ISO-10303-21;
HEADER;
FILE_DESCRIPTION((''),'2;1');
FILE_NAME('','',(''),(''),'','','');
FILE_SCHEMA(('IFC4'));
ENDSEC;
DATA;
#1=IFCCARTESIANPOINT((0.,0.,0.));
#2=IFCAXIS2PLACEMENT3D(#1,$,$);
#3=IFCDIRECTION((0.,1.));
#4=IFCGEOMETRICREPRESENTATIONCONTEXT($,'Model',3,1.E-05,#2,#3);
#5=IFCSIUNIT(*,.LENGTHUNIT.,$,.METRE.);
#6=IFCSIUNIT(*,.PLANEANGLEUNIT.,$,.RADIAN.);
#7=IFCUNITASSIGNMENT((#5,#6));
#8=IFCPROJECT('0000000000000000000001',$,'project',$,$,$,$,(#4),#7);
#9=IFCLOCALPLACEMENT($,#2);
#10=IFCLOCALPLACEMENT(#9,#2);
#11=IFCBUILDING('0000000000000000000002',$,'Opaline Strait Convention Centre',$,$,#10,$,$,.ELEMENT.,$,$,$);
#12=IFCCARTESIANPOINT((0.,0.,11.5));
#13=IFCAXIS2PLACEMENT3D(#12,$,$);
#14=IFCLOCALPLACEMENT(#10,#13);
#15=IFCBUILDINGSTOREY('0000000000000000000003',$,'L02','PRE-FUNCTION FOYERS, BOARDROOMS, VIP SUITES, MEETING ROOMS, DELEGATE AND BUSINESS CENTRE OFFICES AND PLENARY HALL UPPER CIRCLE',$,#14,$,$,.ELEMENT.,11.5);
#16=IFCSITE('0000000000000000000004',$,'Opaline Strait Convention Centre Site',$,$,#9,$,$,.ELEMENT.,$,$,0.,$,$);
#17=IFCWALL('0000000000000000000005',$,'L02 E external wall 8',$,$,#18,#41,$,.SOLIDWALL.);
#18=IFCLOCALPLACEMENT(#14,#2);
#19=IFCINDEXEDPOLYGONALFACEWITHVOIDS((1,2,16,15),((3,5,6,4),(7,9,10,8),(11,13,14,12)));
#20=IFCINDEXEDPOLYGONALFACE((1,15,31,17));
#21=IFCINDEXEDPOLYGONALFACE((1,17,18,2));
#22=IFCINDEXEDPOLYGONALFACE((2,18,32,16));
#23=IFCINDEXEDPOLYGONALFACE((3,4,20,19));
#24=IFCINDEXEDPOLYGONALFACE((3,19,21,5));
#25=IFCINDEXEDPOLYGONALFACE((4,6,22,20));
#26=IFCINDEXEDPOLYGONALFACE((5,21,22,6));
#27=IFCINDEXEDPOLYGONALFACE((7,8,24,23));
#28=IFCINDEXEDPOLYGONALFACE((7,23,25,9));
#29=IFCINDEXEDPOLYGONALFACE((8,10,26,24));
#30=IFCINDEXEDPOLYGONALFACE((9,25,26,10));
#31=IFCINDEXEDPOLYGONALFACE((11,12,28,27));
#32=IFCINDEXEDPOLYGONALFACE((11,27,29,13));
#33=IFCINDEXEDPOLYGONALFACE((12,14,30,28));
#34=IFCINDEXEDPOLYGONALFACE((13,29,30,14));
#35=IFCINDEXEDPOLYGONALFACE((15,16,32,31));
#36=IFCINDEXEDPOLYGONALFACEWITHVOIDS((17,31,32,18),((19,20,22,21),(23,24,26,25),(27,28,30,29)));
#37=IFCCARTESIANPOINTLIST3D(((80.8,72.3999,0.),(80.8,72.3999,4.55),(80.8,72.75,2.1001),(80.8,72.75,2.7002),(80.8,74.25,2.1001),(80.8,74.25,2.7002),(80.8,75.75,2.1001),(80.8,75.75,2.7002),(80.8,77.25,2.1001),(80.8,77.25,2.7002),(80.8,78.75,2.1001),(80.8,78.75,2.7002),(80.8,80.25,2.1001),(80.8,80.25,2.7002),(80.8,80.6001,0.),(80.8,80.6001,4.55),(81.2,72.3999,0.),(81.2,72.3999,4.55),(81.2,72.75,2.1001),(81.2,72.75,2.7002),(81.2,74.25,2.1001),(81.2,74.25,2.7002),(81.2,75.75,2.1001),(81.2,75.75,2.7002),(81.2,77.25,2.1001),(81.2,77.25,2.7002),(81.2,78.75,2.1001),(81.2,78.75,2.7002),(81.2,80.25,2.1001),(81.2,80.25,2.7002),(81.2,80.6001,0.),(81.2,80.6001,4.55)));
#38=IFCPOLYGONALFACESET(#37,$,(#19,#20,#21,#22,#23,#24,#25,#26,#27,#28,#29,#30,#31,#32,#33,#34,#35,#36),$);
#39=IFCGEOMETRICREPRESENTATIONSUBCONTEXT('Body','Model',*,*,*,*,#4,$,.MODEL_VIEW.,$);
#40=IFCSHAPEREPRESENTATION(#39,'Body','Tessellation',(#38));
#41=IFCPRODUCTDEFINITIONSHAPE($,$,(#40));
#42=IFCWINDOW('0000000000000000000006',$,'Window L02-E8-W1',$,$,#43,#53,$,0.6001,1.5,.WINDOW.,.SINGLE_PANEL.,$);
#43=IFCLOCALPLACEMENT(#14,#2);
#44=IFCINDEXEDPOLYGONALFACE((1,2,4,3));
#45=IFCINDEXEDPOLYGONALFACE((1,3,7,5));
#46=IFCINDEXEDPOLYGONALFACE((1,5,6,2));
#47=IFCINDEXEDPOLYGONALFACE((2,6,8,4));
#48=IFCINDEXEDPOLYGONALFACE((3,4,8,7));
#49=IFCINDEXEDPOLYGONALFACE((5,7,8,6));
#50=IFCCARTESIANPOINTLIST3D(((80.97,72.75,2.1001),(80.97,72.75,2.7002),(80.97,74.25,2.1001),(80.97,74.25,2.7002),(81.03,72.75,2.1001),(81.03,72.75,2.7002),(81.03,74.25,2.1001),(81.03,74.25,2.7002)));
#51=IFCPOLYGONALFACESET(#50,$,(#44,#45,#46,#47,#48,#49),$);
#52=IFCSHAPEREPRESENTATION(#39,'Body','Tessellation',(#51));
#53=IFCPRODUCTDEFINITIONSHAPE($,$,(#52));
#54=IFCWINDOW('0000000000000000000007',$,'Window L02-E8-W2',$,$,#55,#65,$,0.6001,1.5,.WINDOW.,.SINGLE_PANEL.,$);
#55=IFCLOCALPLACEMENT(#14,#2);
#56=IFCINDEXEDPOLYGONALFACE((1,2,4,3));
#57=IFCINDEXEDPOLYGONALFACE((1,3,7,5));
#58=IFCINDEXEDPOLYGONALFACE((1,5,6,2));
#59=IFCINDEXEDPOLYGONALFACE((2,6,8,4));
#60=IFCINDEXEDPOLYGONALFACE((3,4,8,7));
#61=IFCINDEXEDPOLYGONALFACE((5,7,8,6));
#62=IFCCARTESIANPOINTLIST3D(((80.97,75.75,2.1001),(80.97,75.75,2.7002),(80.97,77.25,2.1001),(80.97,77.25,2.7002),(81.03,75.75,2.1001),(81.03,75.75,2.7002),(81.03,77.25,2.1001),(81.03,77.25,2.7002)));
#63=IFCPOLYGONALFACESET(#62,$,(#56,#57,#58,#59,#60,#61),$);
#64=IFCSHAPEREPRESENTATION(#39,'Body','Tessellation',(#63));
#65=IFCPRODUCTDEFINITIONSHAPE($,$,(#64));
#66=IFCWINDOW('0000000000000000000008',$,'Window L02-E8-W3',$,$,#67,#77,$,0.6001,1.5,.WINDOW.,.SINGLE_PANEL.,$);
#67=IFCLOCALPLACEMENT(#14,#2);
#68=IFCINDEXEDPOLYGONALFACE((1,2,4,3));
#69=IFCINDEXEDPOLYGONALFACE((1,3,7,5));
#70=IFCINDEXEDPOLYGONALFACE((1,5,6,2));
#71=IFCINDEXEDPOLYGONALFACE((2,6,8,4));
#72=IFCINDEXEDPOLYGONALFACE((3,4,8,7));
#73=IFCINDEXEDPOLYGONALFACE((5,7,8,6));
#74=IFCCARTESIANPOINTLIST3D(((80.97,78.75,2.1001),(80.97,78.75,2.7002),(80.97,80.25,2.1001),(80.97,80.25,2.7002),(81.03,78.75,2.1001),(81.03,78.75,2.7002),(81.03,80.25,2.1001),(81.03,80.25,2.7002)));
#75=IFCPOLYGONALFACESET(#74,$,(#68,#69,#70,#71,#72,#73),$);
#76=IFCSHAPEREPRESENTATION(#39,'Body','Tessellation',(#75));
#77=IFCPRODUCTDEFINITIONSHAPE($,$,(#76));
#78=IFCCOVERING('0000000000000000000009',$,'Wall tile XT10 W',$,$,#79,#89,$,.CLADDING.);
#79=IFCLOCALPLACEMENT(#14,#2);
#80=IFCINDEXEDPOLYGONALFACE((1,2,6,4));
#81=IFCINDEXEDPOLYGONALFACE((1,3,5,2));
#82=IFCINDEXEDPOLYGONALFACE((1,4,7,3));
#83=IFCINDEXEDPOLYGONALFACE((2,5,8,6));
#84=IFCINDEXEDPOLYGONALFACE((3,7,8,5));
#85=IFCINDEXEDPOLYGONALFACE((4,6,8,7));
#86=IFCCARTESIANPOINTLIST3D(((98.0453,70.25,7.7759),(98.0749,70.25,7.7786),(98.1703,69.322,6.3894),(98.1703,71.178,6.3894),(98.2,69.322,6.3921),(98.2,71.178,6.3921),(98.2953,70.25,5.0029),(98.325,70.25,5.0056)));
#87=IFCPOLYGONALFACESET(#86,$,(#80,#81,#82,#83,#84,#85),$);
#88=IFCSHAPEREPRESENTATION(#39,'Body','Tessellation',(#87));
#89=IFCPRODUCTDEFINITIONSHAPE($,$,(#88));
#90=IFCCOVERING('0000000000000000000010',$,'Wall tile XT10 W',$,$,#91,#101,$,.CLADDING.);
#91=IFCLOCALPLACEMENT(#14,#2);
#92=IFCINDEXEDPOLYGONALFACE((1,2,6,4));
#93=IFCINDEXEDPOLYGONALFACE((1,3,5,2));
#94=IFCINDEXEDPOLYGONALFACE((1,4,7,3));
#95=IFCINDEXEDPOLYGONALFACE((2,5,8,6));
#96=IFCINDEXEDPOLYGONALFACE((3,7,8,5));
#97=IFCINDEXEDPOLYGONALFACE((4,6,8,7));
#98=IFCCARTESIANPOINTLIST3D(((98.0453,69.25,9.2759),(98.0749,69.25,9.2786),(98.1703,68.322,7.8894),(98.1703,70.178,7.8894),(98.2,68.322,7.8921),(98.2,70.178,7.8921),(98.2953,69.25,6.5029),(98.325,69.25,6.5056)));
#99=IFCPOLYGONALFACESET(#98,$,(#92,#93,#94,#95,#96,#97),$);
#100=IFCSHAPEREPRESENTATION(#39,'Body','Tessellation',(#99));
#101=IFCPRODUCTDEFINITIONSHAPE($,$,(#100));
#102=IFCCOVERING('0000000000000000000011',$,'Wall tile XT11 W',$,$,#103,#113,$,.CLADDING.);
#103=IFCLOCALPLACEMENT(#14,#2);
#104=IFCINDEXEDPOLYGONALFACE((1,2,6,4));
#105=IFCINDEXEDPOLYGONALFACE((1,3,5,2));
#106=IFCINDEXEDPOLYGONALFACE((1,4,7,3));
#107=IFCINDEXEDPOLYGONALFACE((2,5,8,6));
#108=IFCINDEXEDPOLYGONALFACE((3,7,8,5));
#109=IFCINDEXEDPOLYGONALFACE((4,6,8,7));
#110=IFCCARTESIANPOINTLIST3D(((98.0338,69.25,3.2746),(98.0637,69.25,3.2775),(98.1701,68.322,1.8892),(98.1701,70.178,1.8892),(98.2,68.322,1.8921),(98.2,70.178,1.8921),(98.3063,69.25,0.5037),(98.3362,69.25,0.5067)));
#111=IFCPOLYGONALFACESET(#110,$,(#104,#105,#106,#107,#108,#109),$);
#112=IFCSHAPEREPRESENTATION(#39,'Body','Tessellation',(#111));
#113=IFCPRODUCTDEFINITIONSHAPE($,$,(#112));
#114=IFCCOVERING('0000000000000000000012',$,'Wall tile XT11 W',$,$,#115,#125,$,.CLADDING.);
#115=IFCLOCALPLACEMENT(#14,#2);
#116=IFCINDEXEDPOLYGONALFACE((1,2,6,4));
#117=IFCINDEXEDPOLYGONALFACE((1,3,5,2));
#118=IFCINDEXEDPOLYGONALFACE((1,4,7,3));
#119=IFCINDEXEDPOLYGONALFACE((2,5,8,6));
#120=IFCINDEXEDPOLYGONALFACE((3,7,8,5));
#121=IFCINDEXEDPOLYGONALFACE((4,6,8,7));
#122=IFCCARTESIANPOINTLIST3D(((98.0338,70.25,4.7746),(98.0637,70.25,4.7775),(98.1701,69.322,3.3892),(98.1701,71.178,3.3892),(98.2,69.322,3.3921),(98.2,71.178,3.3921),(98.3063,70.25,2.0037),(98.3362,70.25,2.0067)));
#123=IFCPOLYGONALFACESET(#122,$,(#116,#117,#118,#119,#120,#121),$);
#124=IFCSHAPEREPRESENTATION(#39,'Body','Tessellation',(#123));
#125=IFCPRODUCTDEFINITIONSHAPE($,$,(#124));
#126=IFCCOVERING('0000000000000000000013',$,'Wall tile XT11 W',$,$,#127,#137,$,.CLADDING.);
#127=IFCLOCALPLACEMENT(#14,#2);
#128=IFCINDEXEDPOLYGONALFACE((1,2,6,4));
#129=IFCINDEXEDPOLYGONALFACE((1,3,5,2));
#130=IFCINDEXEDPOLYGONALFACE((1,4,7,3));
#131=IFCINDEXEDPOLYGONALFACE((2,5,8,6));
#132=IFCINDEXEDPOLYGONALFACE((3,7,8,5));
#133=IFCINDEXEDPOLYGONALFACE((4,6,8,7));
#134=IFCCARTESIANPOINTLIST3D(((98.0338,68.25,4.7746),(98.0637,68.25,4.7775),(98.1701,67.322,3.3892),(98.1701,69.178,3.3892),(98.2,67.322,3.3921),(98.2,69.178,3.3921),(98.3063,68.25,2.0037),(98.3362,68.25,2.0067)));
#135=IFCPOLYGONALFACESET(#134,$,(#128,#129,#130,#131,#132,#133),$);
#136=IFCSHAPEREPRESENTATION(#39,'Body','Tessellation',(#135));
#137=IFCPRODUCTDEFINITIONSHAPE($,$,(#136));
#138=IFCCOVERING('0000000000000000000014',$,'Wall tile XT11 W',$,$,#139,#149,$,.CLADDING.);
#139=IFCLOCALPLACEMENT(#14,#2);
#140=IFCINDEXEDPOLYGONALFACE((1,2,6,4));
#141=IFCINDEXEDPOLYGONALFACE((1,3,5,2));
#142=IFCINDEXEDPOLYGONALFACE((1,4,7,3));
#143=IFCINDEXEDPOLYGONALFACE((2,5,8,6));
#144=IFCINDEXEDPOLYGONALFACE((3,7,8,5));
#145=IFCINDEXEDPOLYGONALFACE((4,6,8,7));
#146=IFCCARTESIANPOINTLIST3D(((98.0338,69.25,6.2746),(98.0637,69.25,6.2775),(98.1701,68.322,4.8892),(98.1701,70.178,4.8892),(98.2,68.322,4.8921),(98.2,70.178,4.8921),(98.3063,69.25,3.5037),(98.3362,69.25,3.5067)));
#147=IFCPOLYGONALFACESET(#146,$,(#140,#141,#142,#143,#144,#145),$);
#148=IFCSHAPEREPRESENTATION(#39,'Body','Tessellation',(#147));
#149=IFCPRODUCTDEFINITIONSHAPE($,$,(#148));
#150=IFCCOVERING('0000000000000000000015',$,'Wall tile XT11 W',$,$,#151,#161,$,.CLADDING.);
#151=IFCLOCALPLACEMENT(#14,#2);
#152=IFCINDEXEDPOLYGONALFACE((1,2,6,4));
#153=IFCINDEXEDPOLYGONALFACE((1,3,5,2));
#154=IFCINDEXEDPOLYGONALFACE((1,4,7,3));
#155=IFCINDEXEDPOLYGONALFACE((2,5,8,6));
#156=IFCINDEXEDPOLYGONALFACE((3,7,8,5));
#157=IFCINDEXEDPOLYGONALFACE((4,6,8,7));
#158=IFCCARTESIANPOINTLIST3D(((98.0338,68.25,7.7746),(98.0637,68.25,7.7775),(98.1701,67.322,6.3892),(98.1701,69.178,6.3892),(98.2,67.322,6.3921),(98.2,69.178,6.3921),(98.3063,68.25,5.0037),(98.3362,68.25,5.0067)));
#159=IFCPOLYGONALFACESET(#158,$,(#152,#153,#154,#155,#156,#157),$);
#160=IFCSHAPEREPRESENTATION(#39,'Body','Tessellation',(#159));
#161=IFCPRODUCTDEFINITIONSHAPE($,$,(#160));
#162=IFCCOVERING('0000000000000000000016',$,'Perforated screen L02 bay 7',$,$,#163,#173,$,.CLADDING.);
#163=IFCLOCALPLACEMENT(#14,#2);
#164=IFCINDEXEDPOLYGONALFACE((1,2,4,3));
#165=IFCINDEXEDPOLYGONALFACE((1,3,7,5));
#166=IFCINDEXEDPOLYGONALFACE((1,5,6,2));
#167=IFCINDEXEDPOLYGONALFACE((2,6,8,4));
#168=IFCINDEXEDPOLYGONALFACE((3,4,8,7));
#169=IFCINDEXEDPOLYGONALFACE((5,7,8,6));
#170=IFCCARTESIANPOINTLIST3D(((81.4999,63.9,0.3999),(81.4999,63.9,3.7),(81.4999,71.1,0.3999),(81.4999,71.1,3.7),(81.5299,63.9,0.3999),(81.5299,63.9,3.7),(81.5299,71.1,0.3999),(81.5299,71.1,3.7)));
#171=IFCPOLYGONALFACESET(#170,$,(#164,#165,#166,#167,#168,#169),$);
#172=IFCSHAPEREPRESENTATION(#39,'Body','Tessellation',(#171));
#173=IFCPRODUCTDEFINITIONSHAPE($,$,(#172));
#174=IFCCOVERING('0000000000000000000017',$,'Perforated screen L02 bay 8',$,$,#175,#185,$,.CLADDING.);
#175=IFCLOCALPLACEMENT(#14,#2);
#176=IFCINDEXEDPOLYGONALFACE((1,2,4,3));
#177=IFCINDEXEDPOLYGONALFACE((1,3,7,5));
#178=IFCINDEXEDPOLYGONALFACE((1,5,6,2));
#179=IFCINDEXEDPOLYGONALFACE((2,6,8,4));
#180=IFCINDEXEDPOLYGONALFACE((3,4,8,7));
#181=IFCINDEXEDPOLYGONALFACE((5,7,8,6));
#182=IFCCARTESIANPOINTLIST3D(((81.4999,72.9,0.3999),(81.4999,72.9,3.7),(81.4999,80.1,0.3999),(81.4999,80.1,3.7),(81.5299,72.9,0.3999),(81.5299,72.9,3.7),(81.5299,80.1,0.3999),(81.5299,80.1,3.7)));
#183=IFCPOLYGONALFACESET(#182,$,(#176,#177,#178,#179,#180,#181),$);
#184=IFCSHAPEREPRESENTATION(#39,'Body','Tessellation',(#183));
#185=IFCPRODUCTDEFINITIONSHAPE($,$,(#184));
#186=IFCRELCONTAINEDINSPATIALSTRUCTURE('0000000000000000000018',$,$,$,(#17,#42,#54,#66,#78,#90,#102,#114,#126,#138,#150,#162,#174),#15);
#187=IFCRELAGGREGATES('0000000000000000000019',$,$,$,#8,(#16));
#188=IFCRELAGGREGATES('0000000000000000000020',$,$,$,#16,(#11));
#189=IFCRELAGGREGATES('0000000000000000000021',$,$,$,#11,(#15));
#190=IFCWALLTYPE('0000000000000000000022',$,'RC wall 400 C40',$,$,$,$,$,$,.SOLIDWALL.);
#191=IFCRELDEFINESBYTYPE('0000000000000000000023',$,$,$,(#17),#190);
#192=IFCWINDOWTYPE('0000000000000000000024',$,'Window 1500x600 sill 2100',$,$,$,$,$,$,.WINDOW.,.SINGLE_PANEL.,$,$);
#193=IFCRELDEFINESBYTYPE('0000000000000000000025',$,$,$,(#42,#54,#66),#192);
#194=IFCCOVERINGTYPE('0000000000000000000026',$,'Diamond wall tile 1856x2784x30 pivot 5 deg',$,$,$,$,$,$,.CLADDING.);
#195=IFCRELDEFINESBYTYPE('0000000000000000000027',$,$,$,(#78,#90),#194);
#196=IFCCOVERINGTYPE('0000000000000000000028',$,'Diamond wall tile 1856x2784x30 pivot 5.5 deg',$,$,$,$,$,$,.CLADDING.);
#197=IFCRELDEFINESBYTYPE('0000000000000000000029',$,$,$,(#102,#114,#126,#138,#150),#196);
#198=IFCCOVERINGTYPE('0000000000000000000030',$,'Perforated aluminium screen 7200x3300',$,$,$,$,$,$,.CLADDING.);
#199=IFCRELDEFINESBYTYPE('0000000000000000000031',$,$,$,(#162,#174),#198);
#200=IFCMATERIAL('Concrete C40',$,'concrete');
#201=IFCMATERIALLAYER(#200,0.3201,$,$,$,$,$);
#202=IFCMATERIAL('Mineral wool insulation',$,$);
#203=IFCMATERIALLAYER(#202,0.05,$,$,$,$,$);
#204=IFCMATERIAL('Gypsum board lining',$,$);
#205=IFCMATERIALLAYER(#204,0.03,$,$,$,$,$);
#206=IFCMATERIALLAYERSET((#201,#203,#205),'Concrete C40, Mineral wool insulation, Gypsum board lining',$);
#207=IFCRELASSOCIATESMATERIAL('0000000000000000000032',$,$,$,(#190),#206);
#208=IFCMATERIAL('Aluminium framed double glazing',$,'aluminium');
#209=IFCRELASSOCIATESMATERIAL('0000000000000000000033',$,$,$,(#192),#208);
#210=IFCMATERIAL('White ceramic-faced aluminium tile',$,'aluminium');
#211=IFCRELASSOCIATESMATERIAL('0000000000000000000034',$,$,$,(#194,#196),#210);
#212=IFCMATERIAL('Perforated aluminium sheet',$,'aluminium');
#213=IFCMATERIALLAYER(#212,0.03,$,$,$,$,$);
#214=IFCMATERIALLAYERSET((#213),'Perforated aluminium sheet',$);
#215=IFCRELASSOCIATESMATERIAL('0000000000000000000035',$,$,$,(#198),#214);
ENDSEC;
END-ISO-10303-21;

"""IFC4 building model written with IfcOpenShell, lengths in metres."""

from ifc_helpers import new_model, si_unit, direction, frame, frame_2d, origin, origin_2d, place, context, subcontext, project, spatial, polyline, rectangle, outline, extrude, material, layer, layer_set, material_profile, profile_set, type_object, element, fill, save


model = new_model("IFC4")

# Units and contexts
model_context = context("Model", 3, precision=1e-05, world=origin(), true_north=direction((0.0, 1.0)))
body_context = subcontext(model_context, "Body", "Model", "MODEL_VIEW")
ifc_project = project(units=[si_unit("LENGTHUNIT", "METRE"), si_unit("PLANEANGLEUNIT", "RADIAN")], contexts=[model_context])

# Site, building, storey
site_placement = place(None, origin())
site = spatial("IfcSite", under=ifc_project, at=site_placement, Name="Opaline Strait Convention Centre Site", CompositionType="ELEMENT", RefElevation=0.0)
building_placement = place(site_placement, origin())
building = spatial("IfcBuilding", under=site, at=building_placement, Name="Opaline Strait Convention Centre", CompositionType="ELEMENT")
storey_placement = place(building_placement, frame((0.0, 0.0, 11.5)))
storey = spatial("IfcBuildingStorey", under=building, at=storey_placement, Name="L02", Description="PRE-FUNCTION FOYERS, BOARDROOMS, VIP SUITES, MEETING ROOMS, DELEGATE AND BUSINESS CENTRE OFFICES AND PLENARY HALL UPPER CIRCLE", CompositionType="ELEMENT", Elevation=11.5)

# Shared definitions
ifc_material_1 = material(Name="Concrete C40", Category="concrete")

# Shared definitions
ifc_layer_1 = layer(ifc_material_1, 0.3201)
ifc_material_2 = material(Name="Mineral wool insulation")
ifc_layer_2 = layer(ifc_material_2, 0.05)
ifc_material_3 = material(Name="Gypsum board lining")
ifc_layer_3 = layer(ifc_material_3, 0.03)
ifc_layer_set_1 = layer_set([ifc_layer_1, ifc_layer_2, ifc_layer_3], Name="Concrete C40, Mineral wool insulation, Gypsum board lining")
wall_type = type_object("IfcWallType", Name="RC wall 400 C40", PredefinedType="SOLIDWALL", material=ifc_layer_set_1)

# Wall, openings, windows
wall_1_placement = place(storey_placement, frame((81.0, 72.3999, 0.0), z_axis=(0.0, 0.0, 1.0), x_axis=(0.0, 1.0, 0.0)))
wall_1 = element("IfcWall", 1, at=wall_1_placement, inside=storey, type_object=wall_type, Name="L02 E external wall 8", PredefinedType="SOLIDWALL", context=body_context, shape_type="SweptSolid", body=[
    extrude(rectangle(XDim=8.2002, YDim=0.3999, at=frame_2d((4.1001, 0.0))), origin(), (0.0, 0.0, 1.0), 4.55),
])
opening_1_placement = place(wall_1_placement, frame((0.3501, 0.0, 2.1001)))
opening_1 = element("IfcOpeningElement", 2, at=opening_1_placement, cuts=wall_1, PredefinedType="OPENING", context=body_context, shape_type="SweptSolid", body=[
    extrude(rectangle(XDim=1.5, YDim=0.6001, at=frame_2d((0.75, 0.3))), frame((0.0, 0.21, 0.0), z_axis=(0.0, -1.0, 0.0), x_axis=(1.0, 0.0, 0.0)), (0.0, 0.0, 1.0), 0.4199),
])
opening_2_placement = place(wall_1_placement, frame((3.3501, 0.0, 2.1001)))
opening_2 = element("IfcOpeningElement", 3, at=opening_2_placement, cuts=wall_1, PredefinedType="OPENING", context=body_context, shape_type="SweptSolid", body=[
    extrude(rectangle(XDim=1.5, YDim=0.6001, at=frame_2d((0.75, 0.3))), frame((0.0, 0.21, 0.0), z_axis=(0.0, -1.0, 0.0), x_axis=(1.0, 0.0, 0.0)), (0.0, 0.0, 1.0), 0.4199),
])
opening_3_placement = place(wall_1_placement, frame((6.3501, 0.0, 2.1001)))
opening_3 = element("IfcOpeningElement", 4, at=opening_3_placement, cuts=wall_1, PredefinedType="OPENING", context=body_context, shape_type="SweptSolid", body=[
    extrude(rectangle(XDim=1.5, YDim=0.6001, at=frame_2d((0.75, 0.3))), frame((0.0, 0.21, 0.0), z_axis=(0.0, -1.0, 0.0), x_axis=(1.0, 0.0, 0.0)), (0.0, 0.0, 1.0), 0.4199),
])
ifc_material_4 = material(Name="Aluminium framed double glazing", Category="aluminium")
window_type = type_object("IfcWindowType", Name="Window 1500x600 sill 2100", PartitioningType="SINGLE_PANEL", PredefinedType="WINDOW", material=ifc_material_4)
window_1_placement = place(opening_1_placement, origin())
window_1 = element("IfcWindow", 5, at=window_1_placement, inside=storey, type_object=window_type, Name="Window L02-E8-W1", OverallHeight=0.6001, OverallWidth=1.5, PartitioningType="SINGLE_PANEL", PredefinedType="WINDOW", context=body_context, shape_type="SweptSolid", body=[
    extrude(rectangle(XDim=1.5, YDim=0.6001, at=frame_2d((0.75, 0.3))), frame((0.0, 0.03, 0.0), z_axis=(0.0, -1.0, 0.0), x_axis=(1.0, 0.0, 0.0)), (0.0, 0.0, 1.0), 0.0601),
])
fill(opening_1, window_1)
window_2_placement = place(opening_2_placement, origin())
window_2 = element("IfcWindow", 6, at=window_2_placement, inside=storey, type_object=window_type, Name="Window L02-E8-W2", OverallHeight=0.6001, OverallWidth=1.5, PartitioningType="SINGLE_PANEL", PredefinedType="WINDOW", context=body_context, shape_type="SweptSolid", body=[
    extrude(rectangle(XDim=1.5, YDim=0.6001, at=frame_2d((0.75, 0.3))), frame((0.0, 0.03, 0.0), z_axis=(0.0, -1.0, 0.0), x_axis=(1.0, 0.0, 0.0)), (0.0, 0.0, 1.0), 0.0601),
])
fill(opening_2, window_2)
window_3_placement = place(opening_3_placement, origin())
window_3 = element("IfcWindow", 7, at=window_3_placement, inside=storey, type_object=window_type, Name="Window L02-E8-W3", OverallHeight=0.6001, OverallWidth=1.5, PartitioningType="SINGLE_PANEL", PredefinedType="WINDOW", context=body_context, shape_type="SweptSolid", body=[
    extrude(rectangle(XDim=1.5, YDim=0.6001, at=frame_2d((0.75, 0.3))), frame((0.0, 0.03, 0.0), z_axis=(0.0, -1.0, 0.0), x_axis=(1.0, 0.0, 0.0)), (0.0, 0.0, 1.0), 0.0601),
])
fill(opening_3, window_3)

# Coverings
ifc_material_5 = material(Name="White ceramic-faced aluminium tile", Category="aluminium")
ifc_material_profile_1 = material_profile(ifc_material_5, outline(polyline([(0.928, 0.0), (0.0, 1.3921), (-0.928, 0.0), (0.0, -1.3921), (0.928, 0.0)])), Name="Diamond tile 1856x2784")
ifc_profile_set_1 = profile_set([ifc_material_profile_1], Name="White ceramic-faced aluminium tile")
covering_type_1 = type_object("IfcCoveringType", Name="Diamond wall tile 1856x2784x30 pivot 5 deg", PredefinedType="CLADDING", material=ifc_profile_set_1)
for number, where, z_axis, x_axis, name in (
    (8, (98.2, 70.25, 6.3921), (-0.99596, 0.0, -0.0898), (0.0, -1.0, 0.0), "Wall tile XT10 W"),
    (9, (98.2, 69.25, 7.8921), (-0.99596, 0.0, -0.0898), (0.0, -1.0, 0.0), "Wall tile XT10 W"),
):
    element("IfcCovering", number, at=place(storey_placement, frame(where, z_axis=z_axis, x_axis=x_axis)), inside=storey, type_object=covering_type_1, Name=name, PredefinedType="CLADDING", context=body_context, shape_type="SweptSolid", body=[
        extrude(outline(polyline([(0.928, 0.0), (0.0, 1.3921), (-0.928, 0.0), (0.0, -1.3921), (0.928, 0.0)])), origin(), (0.0, 0.0, 1.0), 0.0298),
    ])
ifc_material_profile_2 = material_profile(ifc_material_5, outline(polyline([(0.928, 0.0), (0.0, 1.3921), (-0.928, 0.0), (0.0, -1.3921), (0.928, 0.0)])), Name="Diamond tile 1856x2784")
ifc_profile_set_2 = profile_set([ifc_material_profile_2], Name="White ceramic-faced aluminium tile")
covering_type_2 = type_object("IfcCoveringType", Name="Diamond wall tile 1856x2784x30 pivot 5.5 deg", PredefinedType="CLADDING", material=ifc_profile_set_2)
for number, where, z_axis, x_axis, name in (
    (10, (98.2, 69.25, 1.8921), (-0.995197, 0.0, -0.097888), (0.0, -1.0, 0.0), "Wall tile XT11 W"),
    (11, (98.2, 70.25, 3.3921), (-0.995197, 0.0, -0.097888), (0.0, -1.0, 0.0), "Wall tile XT11 W"),
    (12, (98.2, 68.25, 3.3921), (-0.995197, 0.0, -0.097888), (0.0, -1.0, 0.0), "Wall tile XT11 W"),
    (13, (98.2, 69.25, 4.8921), (-0.995197, 0.0, -0.097888), (0.0, -1.0, 0.0), "Wall tile XT11 W"),
    (14, (98.2, 68.25, 6.3921), (-0.995197, 0.0, -0.097888), (0.0, -1.0, 0.0), "Wall tile XT11 W"),
):
    element("IfcCovering", number, at=place(storey_placement, frame(where, z_axis=z_axis, x_axis=x_axis)), inside=storey, type_object=covering_type_2, Name=name, PredefinedType="CLADDING", context=body_context, shape_type="SweptSolid", body=[
        extrude(outline(polyline([(0.928, 0.0), (0.0, 1.3921), (-0.928, 0.0), (0.0, -1.3921), (0.928, 0.0)])), origin(), (0.0, 0.0, 1.0), 0.03),
    ])
ifc_material_6 = material(Name="Perforated aluminium sheet", Category="aluminium")
ifc_layer_4 = layer(ifc_material_6, 0.03)
ifc_layer_set_2 = layer_set([ifc_layer_4], Name="Perforated aluminium sheet")
covering_type_3 = type_object("IfcCoveringType", Name="Perforated aluminium screen 7200x3300", PredefinedType="CLADDING", material=ifc_layer_set_2)
for number, where, z_axis, x_axis, name in (
    (15, (81.5149, 67.5, 0.3999), (0.0, 0.0, 1.0), (1.0, 0.0, 0.0), "Perforated screen L02 bay 7"),
    (16, (81.5149, 76.5, 0.3999), (0.0, 0.0, 1.0), (1.0, 0.0, 0.0), "Perforated screen L02 bay 8"),
):
    element("IfcCovering", number, at=place(storey_placement, frame(where, z_axis=z_axis, x_axis=x_axis)), inside=storey, type_object=covering_type_3, Name=name, PredefinedType="CLADDING", context=body_context, shape_type="SweptSolid", body=[
        extrude(rectangle(XDim=0.03, YDim=7.2, at=origin_2d()), origin(), (0.0, 0.0, 1.0), 3.3),
    ])

save(model, "model.ifc")
